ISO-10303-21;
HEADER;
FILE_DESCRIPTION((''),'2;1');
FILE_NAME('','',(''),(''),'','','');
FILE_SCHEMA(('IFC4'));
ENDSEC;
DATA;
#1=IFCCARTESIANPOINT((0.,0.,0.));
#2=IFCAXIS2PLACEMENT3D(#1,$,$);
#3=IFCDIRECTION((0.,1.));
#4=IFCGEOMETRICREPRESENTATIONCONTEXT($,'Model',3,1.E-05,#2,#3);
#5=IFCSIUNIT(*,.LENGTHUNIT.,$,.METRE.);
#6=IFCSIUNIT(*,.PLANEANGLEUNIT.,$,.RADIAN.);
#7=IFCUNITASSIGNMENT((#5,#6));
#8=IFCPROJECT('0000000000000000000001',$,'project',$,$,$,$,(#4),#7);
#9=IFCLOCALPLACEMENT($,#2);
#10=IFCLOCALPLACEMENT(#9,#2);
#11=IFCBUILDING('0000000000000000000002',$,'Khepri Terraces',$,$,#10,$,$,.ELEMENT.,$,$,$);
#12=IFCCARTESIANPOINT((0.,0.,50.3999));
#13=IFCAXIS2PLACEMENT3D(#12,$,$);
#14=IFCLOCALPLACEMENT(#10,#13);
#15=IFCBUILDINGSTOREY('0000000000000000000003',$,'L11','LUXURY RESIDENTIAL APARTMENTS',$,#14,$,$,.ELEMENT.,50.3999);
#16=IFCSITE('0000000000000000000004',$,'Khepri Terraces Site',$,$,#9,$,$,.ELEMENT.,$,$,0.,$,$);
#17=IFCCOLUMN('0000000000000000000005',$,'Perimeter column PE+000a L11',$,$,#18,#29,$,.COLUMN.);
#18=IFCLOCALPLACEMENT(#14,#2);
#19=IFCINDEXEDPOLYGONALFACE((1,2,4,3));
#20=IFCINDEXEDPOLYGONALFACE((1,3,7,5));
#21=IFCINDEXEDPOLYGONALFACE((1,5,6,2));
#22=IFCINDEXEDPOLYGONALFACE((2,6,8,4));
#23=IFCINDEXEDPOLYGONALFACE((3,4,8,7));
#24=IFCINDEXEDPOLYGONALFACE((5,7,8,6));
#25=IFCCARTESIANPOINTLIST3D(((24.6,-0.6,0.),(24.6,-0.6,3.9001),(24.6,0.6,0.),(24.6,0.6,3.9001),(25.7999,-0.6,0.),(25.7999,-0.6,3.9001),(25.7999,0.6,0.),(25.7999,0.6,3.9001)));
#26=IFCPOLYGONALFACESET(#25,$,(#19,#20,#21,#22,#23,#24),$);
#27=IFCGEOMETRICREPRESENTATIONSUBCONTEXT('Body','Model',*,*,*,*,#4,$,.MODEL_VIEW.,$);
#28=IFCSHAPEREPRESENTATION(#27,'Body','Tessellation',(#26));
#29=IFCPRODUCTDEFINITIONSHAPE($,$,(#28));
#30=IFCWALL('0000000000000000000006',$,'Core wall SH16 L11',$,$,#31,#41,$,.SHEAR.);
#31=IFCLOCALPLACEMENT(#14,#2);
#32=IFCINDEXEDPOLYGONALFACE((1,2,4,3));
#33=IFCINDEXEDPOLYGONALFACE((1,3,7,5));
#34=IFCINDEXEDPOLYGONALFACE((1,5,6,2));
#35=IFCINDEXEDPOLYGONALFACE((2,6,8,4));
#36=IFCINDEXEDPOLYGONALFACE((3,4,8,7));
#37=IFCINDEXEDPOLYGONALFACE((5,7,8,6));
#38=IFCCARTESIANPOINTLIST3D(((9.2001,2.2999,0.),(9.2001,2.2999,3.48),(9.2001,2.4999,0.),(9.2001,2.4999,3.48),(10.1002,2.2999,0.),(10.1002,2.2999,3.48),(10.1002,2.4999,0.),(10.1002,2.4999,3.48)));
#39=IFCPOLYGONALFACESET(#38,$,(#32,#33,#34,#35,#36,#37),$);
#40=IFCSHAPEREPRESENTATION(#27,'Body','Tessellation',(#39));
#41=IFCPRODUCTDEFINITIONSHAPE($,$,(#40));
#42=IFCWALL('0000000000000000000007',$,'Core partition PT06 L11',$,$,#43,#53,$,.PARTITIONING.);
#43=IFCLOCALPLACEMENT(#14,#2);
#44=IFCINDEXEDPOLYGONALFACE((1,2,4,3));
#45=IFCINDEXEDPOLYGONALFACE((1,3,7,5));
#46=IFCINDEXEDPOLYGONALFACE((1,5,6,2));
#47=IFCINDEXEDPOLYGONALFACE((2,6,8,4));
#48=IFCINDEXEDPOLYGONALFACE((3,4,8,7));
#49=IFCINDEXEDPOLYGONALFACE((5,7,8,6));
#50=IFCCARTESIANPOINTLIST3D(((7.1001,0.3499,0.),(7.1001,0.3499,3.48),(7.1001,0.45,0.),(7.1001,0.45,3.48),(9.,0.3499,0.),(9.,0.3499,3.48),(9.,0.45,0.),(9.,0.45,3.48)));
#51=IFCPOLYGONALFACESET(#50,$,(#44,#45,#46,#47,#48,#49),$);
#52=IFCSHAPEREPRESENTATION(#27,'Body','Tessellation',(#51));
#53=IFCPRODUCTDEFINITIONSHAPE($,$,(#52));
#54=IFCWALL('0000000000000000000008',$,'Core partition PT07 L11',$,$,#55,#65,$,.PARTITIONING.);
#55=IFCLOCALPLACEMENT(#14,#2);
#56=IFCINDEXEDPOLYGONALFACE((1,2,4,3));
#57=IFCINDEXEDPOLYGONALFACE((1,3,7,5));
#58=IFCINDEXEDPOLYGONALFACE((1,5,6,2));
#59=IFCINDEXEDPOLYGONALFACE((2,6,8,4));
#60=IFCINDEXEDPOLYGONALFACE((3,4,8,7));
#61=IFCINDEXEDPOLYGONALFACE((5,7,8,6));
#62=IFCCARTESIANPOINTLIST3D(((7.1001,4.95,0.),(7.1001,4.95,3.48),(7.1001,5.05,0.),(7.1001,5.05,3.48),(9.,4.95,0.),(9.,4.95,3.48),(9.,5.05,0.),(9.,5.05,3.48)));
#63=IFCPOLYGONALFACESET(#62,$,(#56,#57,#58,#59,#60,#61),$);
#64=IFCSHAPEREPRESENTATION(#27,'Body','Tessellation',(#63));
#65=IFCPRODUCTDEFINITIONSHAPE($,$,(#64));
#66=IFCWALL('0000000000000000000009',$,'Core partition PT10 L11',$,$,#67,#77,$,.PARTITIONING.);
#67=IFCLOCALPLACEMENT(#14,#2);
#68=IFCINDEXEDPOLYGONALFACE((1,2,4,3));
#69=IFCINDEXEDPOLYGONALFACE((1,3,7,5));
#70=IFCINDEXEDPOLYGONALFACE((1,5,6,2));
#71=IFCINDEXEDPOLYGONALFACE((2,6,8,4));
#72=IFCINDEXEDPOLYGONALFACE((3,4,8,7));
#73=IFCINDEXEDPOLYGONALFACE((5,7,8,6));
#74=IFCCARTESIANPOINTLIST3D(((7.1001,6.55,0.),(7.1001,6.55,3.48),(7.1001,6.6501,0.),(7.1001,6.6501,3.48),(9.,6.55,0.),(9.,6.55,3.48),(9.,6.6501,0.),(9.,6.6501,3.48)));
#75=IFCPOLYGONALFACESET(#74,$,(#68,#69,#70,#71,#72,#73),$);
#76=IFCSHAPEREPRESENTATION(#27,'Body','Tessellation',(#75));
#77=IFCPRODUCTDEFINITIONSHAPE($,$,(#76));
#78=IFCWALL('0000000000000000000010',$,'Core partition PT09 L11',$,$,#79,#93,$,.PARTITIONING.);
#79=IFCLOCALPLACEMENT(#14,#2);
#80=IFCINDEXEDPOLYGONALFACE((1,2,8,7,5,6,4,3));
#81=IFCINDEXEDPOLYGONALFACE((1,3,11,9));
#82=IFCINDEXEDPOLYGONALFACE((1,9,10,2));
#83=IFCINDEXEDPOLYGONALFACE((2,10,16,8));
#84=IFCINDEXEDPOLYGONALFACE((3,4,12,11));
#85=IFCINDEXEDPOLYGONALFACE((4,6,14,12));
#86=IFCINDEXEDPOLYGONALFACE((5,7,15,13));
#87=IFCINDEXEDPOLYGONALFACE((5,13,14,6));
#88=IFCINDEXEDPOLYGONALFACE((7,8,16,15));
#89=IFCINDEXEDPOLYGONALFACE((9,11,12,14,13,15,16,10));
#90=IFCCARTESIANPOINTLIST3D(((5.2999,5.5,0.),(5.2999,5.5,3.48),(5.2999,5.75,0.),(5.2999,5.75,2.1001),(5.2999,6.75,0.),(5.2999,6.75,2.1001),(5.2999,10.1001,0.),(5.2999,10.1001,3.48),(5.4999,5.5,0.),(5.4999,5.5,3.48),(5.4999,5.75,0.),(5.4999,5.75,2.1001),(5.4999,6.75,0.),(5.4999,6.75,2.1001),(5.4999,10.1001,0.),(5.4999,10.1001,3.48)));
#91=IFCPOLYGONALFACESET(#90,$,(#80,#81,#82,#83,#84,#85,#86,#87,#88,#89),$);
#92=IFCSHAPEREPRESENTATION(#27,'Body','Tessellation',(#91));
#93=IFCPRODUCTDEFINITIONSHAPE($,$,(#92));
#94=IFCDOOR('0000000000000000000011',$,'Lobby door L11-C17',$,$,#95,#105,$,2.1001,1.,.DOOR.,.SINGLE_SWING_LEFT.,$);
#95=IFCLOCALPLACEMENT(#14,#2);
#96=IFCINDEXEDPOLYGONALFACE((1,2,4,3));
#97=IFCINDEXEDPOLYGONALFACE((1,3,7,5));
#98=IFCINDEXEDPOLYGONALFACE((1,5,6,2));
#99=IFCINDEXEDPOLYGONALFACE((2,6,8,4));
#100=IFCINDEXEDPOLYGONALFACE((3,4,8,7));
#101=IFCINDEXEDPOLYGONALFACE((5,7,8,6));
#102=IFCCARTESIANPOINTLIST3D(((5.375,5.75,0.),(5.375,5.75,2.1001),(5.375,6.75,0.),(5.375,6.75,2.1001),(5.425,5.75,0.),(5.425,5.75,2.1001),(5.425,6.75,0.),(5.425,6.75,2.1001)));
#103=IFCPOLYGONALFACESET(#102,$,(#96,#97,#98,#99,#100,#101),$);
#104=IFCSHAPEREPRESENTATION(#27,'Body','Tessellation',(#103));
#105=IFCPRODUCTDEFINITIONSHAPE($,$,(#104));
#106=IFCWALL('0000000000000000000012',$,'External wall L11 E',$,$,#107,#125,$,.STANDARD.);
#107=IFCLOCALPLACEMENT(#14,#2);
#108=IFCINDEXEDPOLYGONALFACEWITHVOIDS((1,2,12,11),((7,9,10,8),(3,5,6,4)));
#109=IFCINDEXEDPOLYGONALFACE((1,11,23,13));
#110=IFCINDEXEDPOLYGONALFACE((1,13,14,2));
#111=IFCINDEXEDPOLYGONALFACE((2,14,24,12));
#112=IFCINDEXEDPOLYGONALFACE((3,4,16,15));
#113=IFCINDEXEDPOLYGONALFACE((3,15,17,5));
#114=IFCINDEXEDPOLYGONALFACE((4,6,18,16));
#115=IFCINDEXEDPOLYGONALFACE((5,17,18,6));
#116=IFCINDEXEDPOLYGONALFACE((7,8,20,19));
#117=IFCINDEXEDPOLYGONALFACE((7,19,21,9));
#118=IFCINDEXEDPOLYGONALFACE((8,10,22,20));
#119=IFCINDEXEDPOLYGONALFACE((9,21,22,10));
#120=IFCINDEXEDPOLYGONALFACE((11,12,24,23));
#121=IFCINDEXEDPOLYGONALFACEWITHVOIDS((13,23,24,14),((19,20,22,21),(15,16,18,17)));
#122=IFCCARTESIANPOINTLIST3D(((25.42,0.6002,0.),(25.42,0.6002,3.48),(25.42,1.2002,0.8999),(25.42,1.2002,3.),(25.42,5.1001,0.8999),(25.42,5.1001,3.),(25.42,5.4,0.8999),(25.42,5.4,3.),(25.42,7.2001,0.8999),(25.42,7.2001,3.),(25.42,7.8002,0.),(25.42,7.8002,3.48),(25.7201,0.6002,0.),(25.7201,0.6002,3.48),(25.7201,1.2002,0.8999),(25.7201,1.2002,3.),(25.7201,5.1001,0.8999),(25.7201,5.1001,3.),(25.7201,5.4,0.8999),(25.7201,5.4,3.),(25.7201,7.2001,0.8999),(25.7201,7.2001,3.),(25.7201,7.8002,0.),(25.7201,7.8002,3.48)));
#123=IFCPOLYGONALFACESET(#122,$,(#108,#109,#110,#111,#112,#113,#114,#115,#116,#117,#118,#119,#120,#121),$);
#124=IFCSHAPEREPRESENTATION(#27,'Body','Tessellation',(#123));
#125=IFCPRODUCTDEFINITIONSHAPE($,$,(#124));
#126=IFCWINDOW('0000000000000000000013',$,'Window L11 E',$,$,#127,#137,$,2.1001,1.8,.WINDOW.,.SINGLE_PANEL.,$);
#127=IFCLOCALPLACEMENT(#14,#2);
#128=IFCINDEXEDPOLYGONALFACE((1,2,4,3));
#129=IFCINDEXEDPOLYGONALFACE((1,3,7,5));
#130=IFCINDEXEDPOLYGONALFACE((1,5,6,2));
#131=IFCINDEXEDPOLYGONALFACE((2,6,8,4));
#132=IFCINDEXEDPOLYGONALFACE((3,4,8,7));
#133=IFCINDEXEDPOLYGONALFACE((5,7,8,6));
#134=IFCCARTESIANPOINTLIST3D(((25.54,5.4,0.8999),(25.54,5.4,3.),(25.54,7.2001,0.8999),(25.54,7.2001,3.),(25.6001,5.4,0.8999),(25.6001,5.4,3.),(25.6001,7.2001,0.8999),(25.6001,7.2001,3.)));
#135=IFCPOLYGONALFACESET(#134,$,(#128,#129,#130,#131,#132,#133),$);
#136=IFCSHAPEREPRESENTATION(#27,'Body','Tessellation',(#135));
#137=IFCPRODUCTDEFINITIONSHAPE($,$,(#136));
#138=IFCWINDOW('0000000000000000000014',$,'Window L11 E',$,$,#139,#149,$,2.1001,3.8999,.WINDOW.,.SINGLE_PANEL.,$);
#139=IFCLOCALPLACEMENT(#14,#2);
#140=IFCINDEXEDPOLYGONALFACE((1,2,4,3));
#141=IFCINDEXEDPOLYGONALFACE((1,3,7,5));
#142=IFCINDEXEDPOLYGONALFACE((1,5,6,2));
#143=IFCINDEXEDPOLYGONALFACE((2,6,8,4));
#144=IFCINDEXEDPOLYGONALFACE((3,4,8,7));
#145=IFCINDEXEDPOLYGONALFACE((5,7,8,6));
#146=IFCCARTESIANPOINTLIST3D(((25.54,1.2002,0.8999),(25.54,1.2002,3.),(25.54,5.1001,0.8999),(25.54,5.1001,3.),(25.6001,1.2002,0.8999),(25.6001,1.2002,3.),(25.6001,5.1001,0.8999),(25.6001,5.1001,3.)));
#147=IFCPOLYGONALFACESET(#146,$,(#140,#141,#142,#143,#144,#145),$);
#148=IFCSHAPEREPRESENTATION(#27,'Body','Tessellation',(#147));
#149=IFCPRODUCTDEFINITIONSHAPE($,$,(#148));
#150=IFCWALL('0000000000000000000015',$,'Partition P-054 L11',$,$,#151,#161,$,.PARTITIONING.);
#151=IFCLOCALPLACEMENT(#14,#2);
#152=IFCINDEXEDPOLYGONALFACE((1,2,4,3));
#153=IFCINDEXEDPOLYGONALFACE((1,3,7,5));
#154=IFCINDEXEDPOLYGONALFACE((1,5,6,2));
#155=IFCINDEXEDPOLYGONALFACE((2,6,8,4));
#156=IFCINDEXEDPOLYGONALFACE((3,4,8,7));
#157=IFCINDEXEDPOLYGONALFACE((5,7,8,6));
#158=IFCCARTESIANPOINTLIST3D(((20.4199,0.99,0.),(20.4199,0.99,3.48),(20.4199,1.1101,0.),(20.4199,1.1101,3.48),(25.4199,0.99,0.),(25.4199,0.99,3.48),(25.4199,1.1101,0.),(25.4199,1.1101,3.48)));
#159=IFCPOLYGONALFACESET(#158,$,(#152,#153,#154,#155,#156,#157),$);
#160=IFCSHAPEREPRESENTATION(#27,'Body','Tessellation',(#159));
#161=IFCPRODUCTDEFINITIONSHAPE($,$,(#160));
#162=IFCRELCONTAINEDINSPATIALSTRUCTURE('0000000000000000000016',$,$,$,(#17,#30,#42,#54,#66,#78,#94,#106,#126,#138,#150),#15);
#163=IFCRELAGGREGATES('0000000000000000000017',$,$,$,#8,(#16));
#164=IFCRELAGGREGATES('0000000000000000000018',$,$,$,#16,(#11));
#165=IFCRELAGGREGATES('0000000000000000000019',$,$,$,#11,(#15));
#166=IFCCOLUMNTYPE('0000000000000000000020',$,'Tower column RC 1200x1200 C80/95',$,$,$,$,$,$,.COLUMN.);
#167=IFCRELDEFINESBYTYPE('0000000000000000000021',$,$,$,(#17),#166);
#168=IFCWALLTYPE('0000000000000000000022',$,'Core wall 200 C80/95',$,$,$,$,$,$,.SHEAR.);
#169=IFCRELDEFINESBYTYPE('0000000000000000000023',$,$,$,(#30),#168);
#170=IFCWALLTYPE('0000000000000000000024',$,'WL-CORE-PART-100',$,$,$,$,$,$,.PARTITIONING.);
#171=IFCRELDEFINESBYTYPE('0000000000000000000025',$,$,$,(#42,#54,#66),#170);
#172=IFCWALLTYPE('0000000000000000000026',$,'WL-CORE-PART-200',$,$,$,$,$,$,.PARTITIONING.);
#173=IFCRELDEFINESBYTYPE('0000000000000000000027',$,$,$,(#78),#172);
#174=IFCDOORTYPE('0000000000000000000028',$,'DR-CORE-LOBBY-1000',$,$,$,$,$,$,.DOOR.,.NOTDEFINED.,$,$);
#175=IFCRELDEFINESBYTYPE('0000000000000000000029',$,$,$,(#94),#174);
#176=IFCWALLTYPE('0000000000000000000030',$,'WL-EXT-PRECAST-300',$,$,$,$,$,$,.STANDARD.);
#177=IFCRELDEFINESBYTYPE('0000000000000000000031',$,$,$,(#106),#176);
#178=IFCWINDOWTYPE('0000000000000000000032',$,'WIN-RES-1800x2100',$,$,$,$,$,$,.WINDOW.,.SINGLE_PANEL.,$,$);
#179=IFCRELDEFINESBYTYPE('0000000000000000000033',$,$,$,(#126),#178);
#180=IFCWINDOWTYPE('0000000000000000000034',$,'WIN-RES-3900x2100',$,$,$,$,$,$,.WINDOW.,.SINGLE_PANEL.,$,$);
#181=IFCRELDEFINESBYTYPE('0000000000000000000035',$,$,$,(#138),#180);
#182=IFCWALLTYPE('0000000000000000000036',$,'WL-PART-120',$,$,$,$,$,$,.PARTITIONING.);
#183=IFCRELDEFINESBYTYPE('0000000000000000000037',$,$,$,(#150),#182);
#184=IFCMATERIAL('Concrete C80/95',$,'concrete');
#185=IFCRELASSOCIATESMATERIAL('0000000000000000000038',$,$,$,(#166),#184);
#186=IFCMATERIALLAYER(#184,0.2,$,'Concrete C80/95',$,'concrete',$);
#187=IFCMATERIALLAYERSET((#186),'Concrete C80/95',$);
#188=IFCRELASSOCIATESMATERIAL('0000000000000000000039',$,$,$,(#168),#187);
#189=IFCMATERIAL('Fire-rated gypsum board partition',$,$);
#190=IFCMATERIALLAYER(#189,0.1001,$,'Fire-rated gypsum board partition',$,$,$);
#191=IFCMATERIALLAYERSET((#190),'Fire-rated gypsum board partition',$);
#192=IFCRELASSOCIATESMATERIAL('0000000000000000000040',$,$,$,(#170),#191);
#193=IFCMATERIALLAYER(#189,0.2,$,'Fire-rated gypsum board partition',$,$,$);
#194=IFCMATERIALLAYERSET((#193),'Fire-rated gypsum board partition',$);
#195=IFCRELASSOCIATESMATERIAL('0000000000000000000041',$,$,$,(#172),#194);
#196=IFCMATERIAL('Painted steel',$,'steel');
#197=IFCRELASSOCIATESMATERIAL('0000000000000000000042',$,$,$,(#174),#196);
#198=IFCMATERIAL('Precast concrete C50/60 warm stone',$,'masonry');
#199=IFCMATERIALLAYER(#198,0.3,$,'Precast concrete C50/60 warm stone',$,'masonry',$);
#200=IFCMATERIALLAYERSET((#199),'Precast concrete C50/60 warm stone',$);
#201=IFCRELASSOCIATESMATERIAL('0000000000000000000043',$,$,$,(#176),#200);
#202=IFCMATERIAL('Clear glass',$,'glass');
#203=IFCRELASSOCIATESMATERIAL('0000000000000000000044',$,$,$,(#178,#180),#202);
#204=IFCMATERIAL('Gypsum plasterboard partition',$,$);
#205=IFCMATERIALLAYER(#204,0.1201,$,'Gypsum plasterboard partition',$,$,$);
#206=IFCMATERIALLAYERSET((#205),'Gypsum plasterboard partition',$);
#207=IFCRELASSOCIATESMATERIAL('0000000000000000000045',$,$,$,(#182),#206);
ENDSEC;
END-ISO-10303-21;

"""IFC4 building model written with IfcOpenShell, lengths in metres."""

from ifc_helpers import new_model, si_unit, direction, frame, frame_2d, origin, origin_2d, place, context, subcontext, project, spatial, rectangle, extrude, material, layer, layer_set, material_profile, profile_set, type_object, element, fill, save


model = new_model("IFC4")

# Units and contexts
model_context = context("Model", 3, precision=1e-05, world=origin(), true_north=direction((0.0, 1.0)))
body_context = subcontext(model_context, "Body", "Model", "MODEL_VIEW")
ifc_project = project(units=[si_unit("LENGTHUNIT", "METRE"), si_unit("PLANEANGLEUNIT", "RADIAN")], contexts=[model_context])

# Site, building, storey
site_placement = place(None, origin())
site = spatial("IfcSite", under=ifc_project, at=site_placement, Name="Khepri Terraces Site", CompositionType="ELEMENT", RefElevation=0.0)
building_placement = place(site_placement, origin())
building = spatial("IfcBuilding", under=site, at=building_placement, Name="Khepri Terraces", CompositionType="ELEMENT")
storey_placement = place(building_placement, frame((0.0, 0.0, 50.3999)))
storey = spatial("IfcBuildingStorey", under=building, at=storey_placement, Name="L11", Description="LUXURY RESIDENTIAL APARTMENTS", CompositionType="ELEMENT", Elevation=50.3999)

# Column
ifc_material_1 = material(Name="Concrete C80/95", Category="concrete")
ifc_material_profile = material_profile(ifc_material_1, rectangle(XDim=1.2, YDim=1.2, at=origin_2d()), Name="Concrete C80/95", Category="concrete")
ifc_profile_set = profile_set([ifc_material_profile], Name="Concrete C80/95")
column_type = type_object("IfcColumnType", Name="Tower column RC 1200x1200 C80/95", PredefinedType="COLUMN", material=ifc_profile_set)
column_placement = place(storey_placement, frame((25.2, 0.0, 0.0), z_axis=(0.0, 0.0, 1.0), x_axis=(1.0, 0.0, 0.0)))
element("IfcColumn", 1, at=column_placement, inside=storey, type_object=column_type, Name="Perimeter column PE+000a L11", PredefinedType="COLUMN", context=body_context, shape_type="SweptSolid", body=[
    extrude(rectangle(XDim=1.2, YDim=1.2, at=origin_2d()), origin(), (0.0, 0.0, 1.0), 3.9001),
])

# Walls
ifc_layer_1 = layer(ifc_material_1, 0.2, Name="Concrete C80/95", Category="concrete")
ifc_layer_set_1 = layer_set([ifc_layer_1], Name="Concrete C80/95")
wall_type_1 = type_object("IfcWallType", Name="Core wall 200 C80/95", PredefinedType="SHEAR", material=ifc_layer_set_1)
wall_1_placement = place(storey_placement, frame((9.2, 2.3999, 0.0), z_axis=(0.0, 0.0, 1.0), x_axis=(1.0, 0.0, 0.0)))
element("IfcWall", 2, at=wall_1_placement, inside=storey, type_object=wall_type_1, Name="Core wall SH16 L11", PredefinedType="SHEAR", context=body_context, shape_type="SweptSolid", body=[
    extrude(rectangle(XDim=0.9001, YDim=0.2, at=frame_2d((0.4502, 0.0))), origin(), (0.0, 0.0, 1.0), 3.48),
])
ifc_material_2 = material(Name="Fire-rated gypsum board partition")
ifc_layer_2 = layer(ifc_material_2, 0.1001, Name="Fire-rated gypsum board partition")
ifc_layer_set_2 = layer_set([ifc_layer_2], Name="Fire-rated gypsum board partition")
wall_type_2 = type_object("IfcWallType", Name="WL-CORE-PART-100", PredefinedType="PARTITIONING", material=ifc_layer_set_2)
for number, where, z_axis, x_axis, name in (
    (3, (7.1001, 0.3999, 0.0), (0.0, 0.0, 1.0), (1.0, 0.0, 0.0), "Core partition PT06 L11"),
    (4, (7.1001, 5.0, 0.0), (0.0, 0.0, 1.0), (1.0, 0.0, 0.0), "Core partition PT07 L11"),
    (5, (7.1001, 6.6001, 0.0), (0.0, 0.0, 1.0), (1.0, 0.0, 0.0), "Core partition PT10 L11"),
):
    element("IfcWall", number, at=place(storey_placement, frame(where, z_axis=z_axis, x_axis=x_axis)), inside=storey, type_object=wall_type_2, Name=name, PredefinedType="PARTITIONING", context=body_context, shape_type="SweptSolid", body=[
        extrude(rectangle(XDim=1.8999, YDim=0.1001, at=frame_2d((0.95, 0.0))), origin(), (0.0, 0.0, 1.0), 3.48),
    ])

# Wall, opening, door
ifc_layer_3 = layer(ifc_material_2, 0.2, Name="Fire-rated gypsum board partition")
ifc_layer_set_3 = layer_set([ifc_layer_3], Name="Fire-rated gypsum board partition")
wall_type_3 = type_object("IfcWallType", Name="WL-CORE-PART-200", PredefinedType="PARTITIONING", material=ifc_layer_set_3)
wall_2_placement = place(storey_placement, frame((5.3999, 5.5, 0.0), z_axis=(0.0, 0.0, 1.0), x_axis=(0.0, 1.0, 0.0)))
wall_2 = element("IfcWall", 6, at=wall_2_placement, inside=storey, type_object=wall_type_3, Name="Core partition PT09 L11", PredefinedType="PARTITIONING", context=body_context, shape_type="SweptSolid", body=[
    extrude(rectangle(XDim=4.6001, YDim=0.2, at=frame_2d((2.3, 0.0))), origin(), (0.0, 0.0, 1.0), 3.48),
])
opening_1_placement = place(wall_2_placement, frame((0.25, 0.0, 0.0)))
opening_1 = element("IfcOpeningElement", 7, at=opening_1_placement, cuts=wall_2, PredefinedType="OPENING", context=body_context, shape_type="SweptSolid", body=[
    extrude(rectangle(XDim=1.0, YDim=2.1001, at=frame_2d((0.5, 1.05))), frame((0.0, 0.1099, 0.0), z_axis=(0.0, -1.0, 0.0), x_axis=(1.0, 0.0, 0.0)), (0.0, 0.0, 1.0), 0.22),
])
ifc_material_3 = material(Name="Painted steel", Category="steel")
door_type_1 = type_object("IfcDoorType", Name="DR-CORE-LOBBY-1000", OperationType="NOTDEFINED", PredefinedType="DOOR", material=ifc_material_3)
door_1_placement = place(opening_1_placement, origin())
door_1 = element("IfcDoor", 8, at=door_1_placement, inside=storey, type_object=door_type_1, Name="Lobby door L11-C17", OperationType="SINGLE_SWING_LEFT", OverallHeight=2.1001, OverallWidth=1.0, PredefinedType="DOOR", context=body_context, shape_type="SweptSolid", body=[
    extrude(rectangle(XDim=1.0, YDim=2.1001, at=frame_2d((0.5, 1.05))), frame((0.0, 0.0249, 0.0), z_axis=(0.0, -1.0, 0.0), x_axis=(1.0, 0.0, 0.0)), (0.0, 0.0, 1.0), 0.05),
])
fill(opening_1, door_1)

# Wall, openings, windows
ifc_material_4 = material(Name="Precast concrete C50/60 warm stone", Category="masonry")
ifc_layer_4 = layer(ifc_material_4, 0.3, Name="Precast concrete C50/60 warm stone", Category="masonry")
ifc_layer_set_4 = layer_set([ifc_layer_4], Name="Precast concrete C50/60 warm stone")
wall_type_4 = type_object("IfcWallType", Name="WL-EXT-PRECAST-300", PredefinedType="STANDARD", material=ifc_layer_set_4)
wall_3_placement = place(storey_placement, frame((25.5701, 0.6001, 0.0), z_axis=(0.0, 0.0, 1.0), x_axis=(0.0, 1.0, 0.0)))
wall_3 = element("IfcWall", 9, at=wall_3_placement, inside=storey, type_object=wall_type_4, Name="External wall L11 E", PredefinedType="STANDARD", context=body_context, shape_type="SweptSolid", body=[
    extrude(rectangle(XDim=7.2, YDim=0.3, at=frame_2d((3.6001, 0.0))), origin(), (0.0, 0.0, 1.0), 3.48),
])
opening_2_placement = place(wall_3_placement, frame((0.6001, 0.0, 0.8999)))
opening_2 = element("IfcOpeningElement", 10, at=opening_2_placement, cuts=wall_3, PredefinedType="OPENING", context=body_context, shape_type="SweptSolid", body=[
    extrude(rectangle(XDim=3.8999, YDim=2.1001, at=frame_2d((1.95, 1.05))), frame((0.0, 0.1602, 0.0), z_axis=(0.0, -1.0, 0.0), x_axis=(1.0, 0.0, 0.0)), (0.0, 0.0, 1.0), 0.3201),
])
opening_3_placement = place(wall_3_placement, frame((4.8, 0.0, 0.8999)))
opening_3 = element("IfcOpeningElement", 11, at=opening_3_placement, cuts=wall_3, PredefinedType="OPENING", context=body_context, shape_type="SweptSolid", body=[
    extrude(rectangle(XDim=1.8, YDim=2.1001, at=frame_2d((0.8999, 1.05))), frame((0.0, 0.1602, 0.0), z_axis=(0.0, -1.0, 0.0), x_axis=(1.0, 0.0, 0.0)), (0.0, 0.0, 1.0), 0.3201),
])
ifc_material_5 = material(Name="Clear glass", Category="glass")
window_type_1 = type_object("IfcWindowType", Name="WIN-RES-1800x2100", PartitioningType="SINGLE_PANEL", PredefinedType="WINDOW", material=ifc_material_5)
window_1_placement = place(opening_3_placement, origin())
window_1 = element("IfcWindow", 12, at=window_1_placement, inside=storey, type_object=window_type_1, Name="Window L11 E", OverallHeight=2.1001, OverallWidth=1.8, PartitioningType="SINGLE_PANEL", PredefinedType="WINDOW", context=body_context, shape_type="SweptSolid", body=[
    extrude(rectangle(XDim=1.8, YDim=2.1001, at=frame_2d((0.8999, 1.05))), frame((0.0, 0.03, 0.0), z_axis=(0.0, -1.0, 0.0), x_axis=(1.0, 0.0, 0.0)), (0.0, 0.0, 1.0), 0.0601),
])
fill(opening_3, window_1)
window_type_2 = type_object("IfcWindowType", Name="WIN-RES-3900x2100", PartitioningType="SINGLE_PANEL", PredefinedType="WINDOW", material=ifc_material_5)
window_2_placement = place(opening_2_placement, origin())
window_2 = element("IfcWindow", 13, at=window_2_placement, inside=storey, type_object=window_type_2, Name="Window L11 E", OverallHeight=2.1001, OverallWidth=3.8999, PartitioningType="SINGLE_PANEL", PredefinedType="WINDOW", context=body_context, shape_type="SweptSolid", body=[
    extrude(rectangle(XDim=3.8999, YDim=2.1001, at=frame_2d((1.95, 1.05))), frame((0.0, 0.03, 0.0), z_axis=(0.0, -1.0, 0.0), x_axis=(1.0, 0.0, 0.0)), (0.0, 0.0, 1.0), 0.0601),
])
fill(opening_2, window_2)

# Wall
ifc_material_6 = material(Name="Gypsum plasterboard partition")
ifc_layer_5 = layer(ifc_material_6, 0.1201, Name="Gypsum plasterboard partition")
ifc_layer_set_5 = layer_set([ifc_layer_5], Name="Gypsum plasterboard partition")
wall_type_5 = type_object("IfcWallType", Name="WL-PART-120", PredefinedType="PARTITIONING", material=ifc_layer_set_5)
wall_4_placement = place(storey_placement, frame((20.4199, 1.05, 0.0), z_axis=(0.0, 0.0, 1.0), x_axis=(1.0, 0.0, 0.0)))
element("IfcWall", 14, at=wall_4_placement, inside=storey, type_object=wall_type_5, Name="Partition P-054 L11", PredefinedType="PARTITIONING", context=body_context, shape_type="SweptSolid", body=[
    extrude(rectangle(XDim=5.0, YDim=0.1201, at=frame_2d((2.5, 0.0))), origin(), (0.0, 0.0, 1.0), 3.48),
])

save(model, "model.ifc")
